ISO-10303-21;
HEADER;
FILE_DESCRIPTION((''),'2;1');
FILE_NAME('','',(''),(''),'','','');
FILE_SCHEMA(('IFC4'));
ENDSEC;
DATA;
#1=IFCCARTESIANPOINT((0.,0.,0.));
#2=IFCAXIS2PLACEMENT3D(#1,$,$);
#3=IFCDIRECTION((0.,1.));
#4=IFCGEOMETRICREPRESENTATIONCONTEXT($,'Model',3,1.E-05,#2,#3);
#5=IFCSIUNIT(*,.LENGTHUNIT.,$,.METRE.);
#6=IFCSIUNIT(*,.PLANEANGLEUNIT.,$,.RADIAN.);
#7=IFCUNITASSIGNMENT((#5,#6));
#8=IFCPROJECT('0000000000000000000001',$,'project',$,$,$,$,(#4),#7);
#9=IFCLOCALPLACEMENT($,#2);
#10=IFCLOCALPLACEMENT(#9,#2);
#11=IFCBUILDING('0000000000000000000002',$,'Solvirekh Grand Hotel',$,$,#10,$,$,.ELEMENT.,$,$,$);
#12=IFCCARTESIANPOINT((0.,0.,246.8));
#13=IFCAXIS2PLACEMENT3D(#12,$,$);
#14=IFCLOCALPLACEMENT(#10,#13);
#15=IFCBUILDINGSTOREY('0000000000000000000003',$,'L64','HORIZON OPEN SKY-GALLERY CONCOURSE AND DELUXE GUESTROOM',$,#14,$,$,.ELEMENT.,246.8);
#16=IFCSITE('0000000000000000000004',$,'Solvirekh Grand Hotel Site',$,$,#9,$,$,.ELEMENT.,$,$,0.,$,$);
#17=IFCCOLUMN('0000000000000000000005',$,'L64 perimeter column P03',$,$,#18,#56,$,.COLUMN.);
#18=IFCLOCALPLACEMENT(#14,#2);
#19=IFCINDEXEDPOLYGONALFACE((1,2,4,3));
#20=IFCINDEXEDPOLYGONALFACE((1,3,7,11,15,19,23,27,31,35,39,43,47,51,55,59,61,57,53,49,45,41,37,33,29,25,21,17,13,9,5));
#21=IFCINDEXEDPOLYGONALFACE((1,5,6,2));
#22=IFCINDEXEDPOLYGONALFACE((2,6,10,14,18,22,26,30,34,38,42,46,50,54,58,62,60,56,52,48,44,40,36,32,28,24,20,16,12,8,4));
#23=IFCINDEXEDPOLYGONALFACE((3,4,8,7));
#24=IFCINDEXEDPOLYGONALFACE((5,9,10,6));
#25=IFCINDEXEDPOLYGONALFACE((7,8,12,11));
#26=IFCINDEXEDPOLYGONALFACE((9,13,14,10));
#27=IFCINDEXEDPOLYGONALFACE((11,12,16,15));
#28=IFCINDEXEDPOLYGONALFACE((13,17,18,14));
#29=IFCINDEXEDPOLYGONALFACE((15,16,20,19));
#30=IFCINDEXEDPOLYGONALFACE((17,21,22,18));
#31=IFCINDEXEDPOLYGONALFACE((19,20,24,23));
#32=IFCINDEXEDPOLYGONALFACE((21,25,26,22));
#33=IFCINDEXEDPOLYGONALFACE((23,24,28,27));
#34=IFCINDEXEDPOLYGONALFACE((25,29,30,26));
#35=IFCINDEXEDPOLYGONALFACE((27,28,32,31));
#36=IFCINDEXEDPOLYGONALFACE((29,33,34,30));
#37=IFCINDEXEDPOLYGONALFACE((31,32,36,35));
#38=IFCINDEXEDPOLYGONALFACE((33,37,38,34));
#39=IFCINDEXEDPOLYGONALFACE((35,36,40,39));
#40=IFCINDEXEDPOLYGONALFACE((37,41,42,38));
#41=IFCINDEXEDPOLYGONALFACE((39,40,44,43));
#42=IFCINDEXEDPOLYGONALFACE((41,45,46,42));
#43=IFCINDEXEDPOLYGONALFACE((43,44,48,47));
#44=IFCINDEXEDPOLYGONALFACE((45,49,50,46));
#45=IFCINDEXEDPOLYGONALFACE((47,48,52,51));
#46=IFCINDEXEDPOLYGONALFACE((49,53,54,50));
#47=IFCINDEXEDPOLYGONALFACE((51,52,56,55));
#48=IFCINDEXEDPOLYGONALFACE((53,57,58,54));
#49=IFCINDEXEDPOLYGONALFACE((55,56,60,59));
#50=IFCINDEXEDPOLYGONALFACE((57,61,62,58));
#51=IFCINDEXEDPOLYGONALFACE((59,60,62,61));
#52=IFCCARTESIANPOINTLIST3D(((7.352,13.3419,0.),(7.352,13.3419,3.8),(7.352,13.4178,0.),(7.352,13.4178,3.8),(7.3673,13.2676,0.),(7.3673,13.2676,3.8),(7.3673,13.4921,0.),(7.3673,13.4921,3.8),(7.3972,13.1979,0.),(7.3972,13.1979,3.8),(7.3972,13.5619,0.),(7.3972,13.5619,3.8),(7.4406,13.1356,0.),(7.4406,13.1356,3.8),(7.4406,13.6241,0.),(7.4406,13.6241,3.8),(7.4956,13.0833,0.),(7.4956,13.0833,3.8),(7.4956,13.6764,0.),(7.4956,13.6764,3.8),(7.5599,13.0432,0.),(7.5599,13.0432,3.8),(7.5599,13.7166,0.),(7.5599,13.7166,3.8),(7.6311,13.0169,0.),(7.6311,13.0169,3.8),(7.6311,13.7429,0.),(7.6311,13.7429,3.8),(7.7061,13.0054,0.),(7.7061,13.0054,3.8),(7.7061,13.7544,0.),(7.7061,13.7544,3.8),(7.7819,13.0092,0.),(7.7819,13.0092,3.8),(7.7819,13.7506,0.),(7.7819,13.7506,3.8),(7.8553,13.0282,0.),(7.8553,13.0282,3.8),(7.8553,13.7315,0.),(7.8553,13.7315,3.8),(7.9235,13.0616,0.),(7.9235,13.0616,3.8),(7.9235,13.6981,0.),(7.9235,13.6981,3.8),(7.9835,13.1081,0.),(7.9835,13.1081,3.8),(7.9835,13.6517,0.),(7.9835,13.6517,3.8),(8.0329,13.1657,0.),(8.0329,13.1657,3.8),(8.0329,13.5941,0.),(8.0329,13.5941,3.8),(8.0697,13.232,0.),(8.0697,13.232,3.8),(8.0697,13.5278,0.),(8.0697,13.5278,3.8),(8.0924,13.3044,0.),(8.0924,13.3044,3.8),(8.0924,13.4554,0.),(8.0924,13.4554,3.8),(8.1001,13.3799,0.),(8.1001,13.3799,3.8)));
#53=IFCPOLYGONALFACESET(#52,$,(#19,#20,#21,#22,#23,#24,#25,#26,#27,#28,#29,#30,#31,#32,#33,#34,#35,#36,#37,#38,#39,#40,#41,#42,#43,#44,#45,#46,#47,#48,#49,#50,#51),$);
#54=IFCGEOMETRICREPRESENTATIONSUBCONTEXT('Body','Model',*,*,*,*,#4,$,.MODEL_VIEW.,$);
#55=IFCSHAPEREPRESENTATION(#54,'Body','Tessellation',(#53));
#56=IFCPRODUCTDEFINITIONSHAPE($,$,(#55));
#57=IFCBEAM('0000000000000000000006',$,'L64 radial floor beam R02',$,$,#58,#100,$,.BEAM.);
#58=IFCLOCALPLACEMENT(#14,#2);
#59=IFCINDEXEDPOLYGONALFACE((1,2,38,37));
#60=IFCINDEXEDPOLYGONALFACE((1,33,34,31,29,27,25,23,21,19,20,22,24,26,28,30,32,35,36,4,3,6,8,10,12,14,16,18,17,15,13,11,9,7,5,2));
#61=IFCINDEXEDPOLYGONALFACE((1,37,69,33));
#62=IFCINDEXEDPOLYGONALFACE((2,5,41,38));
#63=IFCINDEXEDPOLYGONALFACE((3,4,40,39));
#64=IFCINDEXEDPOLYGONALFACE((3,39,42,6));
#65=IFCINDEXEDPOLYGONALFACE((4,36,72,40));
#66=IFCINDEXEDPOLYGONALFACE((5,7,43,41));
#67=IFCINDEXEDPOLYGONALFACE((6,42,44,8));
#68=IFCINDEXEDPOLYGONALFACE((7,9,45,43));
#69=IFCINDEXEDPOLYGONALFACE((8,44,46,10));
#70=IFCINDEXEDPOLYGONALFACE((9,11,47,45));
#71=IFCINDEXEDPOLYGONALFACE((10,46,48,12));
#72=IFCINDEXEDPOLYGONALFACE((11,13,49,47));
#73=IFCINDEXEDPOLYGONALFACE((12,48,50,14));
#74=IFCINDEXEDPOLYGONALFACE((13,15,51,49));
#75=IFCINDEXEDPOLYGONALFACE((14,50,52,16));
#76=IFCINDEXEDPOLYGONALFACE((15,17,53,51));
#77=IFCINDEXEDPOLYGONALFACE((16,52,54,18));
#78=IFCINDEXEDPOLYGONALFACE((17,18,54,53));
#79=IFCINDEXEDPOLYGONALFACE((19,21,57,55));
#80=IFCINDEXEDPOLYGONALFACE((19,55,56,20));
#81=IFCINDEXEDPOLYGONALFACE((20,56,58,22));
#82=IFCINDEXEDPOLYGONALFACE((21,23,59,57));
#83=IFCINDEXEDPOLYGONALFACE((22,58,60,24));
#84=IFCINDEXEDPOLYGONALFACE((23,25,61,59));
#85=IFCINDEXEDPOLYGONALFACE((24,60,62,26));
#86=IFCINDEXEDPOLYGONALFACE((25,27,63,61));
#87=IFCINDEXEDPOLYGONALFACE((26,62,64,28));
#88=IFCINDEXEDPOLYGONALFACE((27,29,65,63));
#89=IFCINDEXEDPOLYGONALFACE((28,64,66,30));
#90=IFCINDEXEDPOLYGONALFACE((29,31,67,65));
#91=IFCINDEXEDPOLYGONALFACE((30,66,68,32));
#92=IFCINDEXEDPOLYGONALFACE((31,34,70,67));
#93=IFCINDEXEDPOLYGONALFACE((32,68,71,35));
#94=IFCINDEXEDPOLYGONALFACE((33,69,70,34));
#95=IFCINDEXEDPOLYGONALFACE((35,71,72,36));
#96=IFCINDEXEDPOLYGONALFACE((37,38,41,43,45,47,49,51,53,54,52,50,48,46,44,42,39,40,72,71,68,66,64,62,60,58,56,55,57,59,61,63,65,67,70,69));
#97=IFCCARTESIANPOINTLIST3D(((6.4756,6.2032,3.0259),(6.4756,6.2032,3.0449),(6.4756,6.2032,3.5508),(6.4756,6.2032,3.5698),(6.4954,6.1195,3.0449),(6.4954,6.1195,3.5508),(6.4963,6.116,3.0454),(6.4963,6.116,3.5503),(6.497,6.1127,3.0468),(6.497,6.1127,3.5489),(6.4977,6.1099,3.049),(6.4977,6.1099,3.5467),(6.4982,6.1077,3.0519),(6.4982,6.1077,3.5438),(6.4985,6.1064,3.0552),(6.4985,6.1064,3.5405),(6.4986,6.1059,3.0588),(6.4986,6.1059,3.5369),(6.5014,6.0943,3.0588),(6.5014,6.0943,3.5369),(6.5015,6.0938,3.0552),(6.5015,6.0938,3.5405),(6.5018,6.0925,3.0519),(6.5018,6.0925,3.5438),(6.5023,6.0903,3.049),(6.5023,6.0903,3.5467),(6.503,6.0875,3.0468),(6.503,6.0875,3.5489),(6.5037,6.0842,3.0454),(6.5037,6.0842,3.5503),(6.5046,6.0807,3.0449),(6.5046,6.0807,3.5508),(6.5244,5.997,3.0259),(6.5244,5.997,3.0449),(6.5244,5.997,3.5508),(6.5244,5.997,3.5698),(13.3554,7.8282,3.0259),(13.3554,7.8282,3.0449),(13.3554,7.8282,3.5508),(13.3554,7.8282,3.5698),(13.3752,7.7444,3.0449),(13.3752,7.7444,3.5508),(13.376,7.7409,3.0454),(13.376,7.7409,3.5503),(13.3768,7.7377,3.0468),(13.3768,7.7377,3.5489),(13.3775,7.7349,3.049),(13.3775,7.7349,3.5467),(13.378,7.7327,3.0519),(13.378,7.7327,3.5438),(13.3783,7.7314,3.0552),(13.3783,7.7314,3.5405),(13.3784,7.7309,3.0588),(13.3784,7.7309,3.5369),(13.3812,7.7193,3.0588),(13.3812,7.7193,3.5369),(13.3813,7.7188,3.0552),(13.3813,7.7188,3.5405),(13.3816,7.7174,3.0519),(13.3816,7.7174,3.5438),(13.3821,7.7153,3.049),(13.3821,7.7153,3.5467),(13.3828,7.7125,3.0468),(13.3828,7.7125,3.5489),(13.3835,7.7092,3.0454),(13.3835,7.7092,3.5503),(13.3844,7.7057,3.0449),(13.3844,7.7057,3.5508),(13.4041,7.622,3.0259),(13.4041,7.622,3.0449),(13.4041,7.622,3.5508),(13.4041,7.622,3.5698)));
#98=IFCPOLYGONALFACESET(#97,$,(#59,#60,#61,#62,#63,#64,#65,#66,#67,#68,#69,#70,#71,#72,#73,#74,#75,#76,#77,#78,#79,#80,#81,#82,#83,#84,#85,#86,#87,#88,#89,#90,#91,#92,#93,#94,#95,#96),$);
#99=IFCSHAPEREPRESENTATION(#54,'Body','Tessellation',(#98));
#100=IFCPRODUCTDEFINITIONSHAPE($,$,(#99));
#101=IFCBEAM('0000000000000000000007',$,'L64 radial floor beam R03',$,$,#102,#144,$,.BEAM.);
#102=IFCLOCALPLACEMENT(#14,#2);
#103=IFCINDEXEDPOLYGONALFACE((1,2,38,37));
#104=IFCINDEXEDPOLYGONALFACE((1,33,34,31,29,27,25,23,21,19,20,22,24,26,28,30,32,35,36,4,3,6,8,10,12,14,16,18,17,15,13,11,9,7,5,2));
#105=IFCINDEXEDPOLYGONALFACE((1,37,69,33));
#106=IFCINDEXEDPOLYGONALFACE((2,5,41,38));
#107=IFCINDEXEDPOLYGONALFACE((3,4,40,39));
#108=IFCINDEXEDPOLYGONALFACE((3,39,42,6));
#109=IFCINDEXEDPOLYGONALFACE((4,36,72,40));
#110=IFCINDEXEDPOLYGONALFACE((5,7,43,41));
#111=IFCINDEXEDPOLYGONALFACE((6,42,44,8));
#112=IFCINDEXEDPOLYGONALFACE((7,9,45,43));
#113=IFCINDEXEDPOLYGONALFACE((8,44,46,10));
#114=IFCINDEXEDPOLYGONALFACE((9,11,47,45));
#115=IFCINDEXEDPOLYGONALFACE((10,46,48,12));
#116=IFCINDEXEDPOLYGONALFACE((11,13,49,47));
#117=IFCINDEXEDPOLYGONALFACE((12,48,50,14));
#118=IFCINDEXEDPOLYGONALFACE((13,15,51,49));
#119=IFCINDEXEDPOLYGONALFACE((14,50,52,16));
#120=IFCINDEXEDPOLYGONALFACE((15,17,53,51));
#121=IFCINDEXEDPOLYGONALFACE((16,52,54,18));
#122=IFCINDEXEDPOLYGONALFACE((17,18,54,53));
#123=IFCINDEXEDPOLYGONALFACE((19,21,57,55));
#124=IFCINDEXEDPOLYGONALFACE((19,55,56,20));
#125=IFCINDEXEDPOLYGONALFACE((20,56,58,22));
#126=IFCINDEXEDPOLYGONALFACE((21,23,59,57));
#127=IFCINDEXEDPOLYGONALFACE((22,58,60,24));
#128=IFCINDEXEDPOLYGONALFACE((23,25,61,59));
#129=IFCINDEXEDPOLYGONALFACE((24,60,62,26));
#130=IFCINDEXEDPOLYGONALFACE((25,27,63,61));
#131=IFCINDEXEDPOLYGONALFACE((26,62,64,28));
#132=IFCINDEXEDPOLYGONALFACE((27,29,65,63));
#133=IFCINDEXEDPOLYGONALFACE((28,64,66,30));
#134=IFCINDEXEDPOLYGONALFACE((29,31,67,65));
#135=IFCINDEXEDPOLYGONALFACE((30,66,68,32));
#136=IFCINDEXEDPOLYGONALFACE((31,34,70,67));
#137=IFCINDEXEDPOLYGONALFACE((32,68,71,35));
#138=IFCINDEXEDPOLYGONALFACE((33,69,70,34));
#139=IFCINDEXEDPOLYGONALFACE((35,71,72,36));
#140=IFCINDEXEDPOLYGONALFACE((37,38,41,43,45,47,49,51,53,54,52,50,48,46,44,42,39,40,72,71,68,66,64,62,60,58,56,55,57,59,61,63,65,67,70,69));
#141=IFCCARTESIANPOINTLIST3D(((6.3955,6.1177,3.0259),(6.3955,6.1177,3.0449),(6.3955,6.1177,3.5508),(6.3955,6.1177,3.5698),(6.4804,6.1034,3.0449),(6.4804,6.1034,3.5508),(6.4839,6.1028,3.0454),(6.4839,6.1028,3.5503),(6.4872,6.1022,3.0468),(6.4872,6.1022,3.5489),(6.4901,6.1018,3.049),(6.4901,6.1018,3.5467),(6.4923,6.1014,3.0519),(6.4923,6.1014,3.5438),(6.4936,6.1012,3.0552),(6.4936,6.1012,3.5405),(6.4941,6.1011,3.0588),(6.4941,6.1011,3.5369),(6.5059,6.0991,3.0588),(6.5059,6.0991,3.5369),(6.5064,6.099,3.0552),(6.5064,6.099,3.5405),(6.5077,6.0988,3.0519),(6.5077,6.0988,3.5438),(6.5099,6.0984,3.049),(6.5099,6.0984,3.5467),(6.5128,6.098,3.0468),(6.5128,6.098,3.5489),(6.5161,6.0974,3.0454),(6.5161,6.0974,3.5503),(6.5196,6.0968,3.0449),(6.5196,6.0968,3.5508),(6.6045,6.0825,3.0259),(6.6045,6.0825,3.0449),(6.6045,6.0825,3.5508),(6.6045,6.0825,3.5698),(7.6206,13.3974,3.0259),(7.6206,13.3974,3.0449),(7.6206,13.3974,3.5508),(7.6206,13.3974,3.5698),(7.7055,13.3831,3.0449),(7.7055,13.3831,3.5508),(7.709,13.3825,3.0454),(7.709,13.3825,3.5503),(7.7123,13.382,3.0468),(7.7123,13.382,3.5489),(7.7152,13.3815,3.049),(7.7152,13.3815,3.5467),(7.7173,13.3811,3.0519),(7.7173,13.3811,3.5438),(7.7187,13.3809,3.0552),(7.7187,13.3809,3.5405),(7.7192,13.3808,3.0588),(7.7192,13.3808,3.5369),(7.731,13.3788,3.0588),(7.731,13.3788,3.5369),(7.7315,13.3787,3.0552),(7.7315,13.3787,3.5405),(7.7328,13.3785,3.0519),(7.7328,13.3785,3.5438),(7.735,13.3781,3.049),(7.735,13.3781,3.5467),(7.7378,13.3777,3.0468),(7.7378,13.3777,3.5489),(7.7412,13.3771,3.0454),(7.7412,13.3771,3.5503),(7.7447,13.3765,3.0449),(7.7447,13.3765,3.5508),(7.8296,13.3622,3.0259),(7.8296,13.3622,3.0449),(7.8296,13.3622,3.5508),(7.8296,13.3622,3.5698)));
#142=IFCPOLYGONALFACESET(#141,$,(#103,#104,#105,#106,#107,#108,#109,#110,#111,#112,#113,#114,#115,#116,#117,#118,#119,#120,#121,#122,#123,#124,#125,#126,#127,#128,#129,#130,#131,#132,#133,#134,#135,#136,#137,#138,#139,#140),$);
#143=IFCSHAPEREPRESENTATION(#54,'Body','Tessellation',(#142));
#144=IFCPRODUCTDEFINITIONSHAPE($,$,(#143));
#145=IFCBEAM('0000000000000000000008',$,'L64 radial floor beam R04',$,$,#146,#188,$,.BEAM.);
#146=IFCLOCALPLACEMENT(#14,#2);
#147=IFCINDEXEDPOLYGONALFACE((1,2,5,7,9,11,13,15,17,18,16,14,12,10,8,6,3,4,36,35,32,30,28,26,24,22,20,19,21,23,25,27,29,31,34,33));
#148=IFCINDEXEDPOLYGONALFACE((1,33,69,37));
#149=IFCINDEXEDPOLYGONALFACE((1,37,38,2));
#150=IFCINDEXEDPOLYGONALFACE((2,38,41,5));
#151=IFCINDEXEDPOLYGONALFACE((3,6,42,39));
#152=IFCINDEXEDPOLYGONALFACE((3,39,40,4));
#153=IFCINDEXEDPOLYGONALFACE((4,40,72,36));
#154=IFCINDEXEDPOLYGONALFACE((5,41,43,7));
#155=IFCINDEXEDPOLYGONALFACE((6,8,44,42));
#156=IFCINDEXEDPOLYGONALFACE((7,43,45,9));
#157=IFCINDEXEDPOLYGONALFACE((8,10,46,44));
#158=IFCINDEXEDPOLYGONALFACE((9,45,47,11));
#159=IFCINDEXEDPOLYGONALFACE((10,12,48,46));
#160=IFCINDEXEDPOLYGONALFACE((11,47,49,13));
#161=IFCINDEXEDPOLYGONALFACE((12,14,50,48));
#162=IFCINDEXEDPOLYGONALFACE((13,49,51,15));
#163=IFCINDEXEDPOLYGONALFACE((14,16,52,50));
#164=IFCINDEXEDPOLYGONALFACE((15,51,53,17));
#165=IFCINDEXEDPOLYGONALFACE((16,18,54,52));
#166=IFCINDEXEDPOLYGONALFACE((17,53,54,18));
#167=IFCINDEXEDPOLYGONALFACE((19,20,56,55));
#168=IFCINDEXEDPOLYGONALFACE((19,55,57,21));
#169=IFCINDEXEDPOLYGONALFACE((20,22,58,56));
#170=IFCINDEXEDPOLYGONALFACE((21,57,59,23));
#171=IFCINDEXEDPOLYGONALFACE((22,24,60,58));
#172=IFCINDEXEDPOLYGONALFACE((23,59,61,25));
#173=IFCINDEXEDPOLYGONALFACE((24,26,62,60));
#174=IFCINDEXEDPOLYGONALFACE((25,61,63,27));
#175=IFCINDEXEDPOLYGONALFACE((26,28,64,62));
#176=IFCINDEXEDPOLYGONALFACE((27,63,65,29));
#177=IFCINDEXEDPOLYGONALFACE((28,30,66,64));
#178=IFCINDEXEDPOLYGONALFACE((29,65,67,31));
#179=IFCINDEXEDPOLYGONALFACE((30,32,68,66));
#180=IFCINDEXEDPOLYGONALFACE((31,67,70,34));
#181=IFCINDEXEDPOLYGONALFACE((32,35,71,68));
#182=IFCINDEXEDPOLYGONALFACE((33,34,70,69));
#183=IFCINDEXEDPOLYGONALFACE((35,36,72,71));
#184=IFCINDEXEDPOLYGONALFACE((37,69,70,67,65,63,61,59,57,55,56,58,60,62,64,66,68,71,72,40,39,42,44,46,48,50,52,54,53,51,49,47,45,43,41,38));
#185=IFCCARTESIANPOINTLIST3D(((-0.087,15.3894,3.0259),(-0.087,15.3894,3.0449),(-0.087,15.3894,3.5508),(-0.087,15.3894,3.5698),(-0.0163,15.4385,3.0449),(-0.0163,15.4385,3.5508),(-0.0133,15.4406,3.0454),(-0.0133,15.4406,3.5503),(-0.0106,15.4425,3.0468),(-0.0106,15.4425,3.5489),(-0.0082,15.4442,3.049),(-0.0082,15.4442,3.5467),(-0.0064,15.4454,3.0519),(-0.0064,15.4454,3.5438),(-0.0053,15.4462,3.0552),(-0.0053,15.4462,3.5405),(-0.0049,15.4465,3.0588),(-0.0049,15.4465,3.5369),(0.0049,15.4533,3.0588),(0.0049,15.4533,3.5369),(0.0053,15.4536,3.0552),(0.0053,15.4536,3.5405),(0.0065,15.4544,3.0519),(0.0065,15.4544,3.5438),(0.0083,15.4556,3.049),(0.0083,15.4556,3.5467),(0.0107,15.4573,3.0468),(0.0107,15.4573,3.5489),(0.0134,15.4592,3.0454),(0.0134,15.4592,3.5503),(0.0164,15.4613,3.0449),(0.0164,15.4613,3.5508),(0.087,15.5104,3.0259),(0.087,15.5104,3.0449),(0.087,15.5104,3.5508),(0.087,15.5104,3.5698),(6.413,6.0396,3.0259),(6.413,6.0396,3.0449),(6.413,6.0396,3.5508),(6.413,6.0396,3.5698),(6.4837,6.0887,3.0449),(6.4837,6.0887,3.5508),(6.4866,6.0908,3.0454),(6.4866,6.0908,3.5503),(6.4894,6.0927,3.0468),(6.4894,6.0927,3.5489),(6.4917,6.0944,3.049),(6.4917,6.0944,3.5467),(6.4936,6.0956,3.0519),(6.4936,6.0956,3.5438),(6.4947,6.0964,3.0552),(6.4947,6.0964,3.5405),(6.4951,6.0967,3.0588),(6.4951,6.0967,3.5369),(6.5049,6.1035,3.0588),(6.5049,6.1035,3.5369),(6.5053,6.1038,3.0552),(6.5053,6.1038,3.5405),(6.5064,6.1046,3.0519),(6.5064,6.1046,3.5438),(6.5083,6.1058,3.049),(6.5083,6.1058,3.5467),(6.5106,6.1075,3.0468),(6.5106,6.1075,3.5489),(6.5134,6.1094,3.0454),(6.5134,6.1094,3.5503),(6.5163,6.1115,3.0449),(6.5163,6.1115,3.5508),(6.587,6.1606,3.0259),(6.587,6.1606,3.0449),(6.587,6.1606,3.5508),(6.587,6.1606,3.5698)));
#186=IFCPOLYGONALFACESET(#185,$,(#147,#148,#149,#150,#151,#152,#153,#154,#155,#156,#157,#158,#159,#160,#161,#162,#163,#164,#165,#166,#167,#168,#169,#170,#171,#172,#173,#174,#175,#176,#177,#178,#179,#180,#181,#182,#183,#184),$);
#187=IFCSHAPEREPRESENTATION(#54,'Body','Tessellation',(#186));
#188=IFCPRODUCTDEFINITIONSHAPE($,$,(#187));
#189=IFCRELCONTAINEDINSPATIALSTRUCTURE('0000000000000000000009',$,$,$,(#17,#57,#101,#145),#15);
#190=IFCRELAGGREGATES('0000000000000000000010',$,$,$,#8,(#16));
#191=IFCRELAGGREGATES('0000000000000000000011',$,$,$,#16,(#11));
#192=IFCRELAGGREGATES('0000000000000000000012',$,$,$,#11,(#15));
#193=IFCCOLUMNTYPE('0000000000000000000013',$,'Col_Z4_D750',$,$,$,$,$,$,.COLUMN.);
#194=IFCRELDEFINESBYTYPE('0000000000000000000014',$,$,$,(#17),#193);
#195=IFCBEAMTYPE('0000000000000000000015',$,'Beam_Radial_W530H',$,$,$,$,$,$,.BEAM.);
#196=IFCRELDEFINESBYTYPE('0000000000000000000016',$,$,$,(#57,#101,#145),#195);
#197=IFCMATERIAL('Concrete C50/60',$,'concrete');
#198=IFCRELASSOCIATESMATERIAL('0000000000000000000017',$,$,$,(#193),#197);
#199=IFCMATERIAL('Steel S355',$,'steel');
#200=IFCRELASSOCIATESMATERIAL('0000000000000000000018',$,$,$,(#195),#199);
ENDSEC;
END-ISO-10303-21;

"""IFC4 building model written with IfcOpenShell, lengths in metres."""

from ifc_helpers import new_model, si_unit, direction, frame, origin, origin_2d, place, context, subcontext, project, spatial, circle, i_section, extrude, material, material_profile, profile_set, type_object, element, save


model = new_model("IFC4")

# Units and contexts
model_context = context("Model", 3, precision=1e-05, world=origin(), true_north=direction((0.0, 1.0)))
body_context = subcontext(model_context, "Body", "Model", "MODEL_VIEW")
ifc_project = project(units=[si_unit("LENGTHUNIT", "METRE"), si_unit("PLANEANGLEUNIT", "RADIAN")], contexts=[model_context])

# Site, building, storey
site_placement = place(None, origin())
site = spatial("IfcSite", under=ifc_project, at=site_placement, Name="Solvirekh Grand Hotel Site", CompositionType="ELEMENT", RefElevation=0.0)
building_placement = place(site_placement, origin())
building = spatial("IfcBuilding", under=site, at=building_placement, Name="Solvirekh Grand Hotel", CompositionType="ELEMENT")
storey_placement = place(building_placement, frame((0.0, 0.0, 246.8)))
storey = spatial("IfcBuildingStorey", under=building, at=storey_placement, Name="L64", Description="HORIZON OPEN SKY-GALLERY CONCOURSE AND DELUXE GUESTROOM", CompositionType="ELEMENT", Elevation=246.8)

# Column
ifc_material_1 = material(Name="Concrete C50/60", Category="concrete")
ifc_material_profile_1 = material_profile(ifc_material_1, circle(Radius=0.375, at=origin_2d()), Name="RC CIRC D750")
ifc_profile_set_1 = profile_set([ifc_material_profile_1], Name="Concrete C50/60")
column_type = type_object("IfcColumnType", Name="Col_Z4_D750", PredefinedType="COLUMN", material=ifc_profile_set_1)
column_placement = place(storey_placement, frame((7.7251, 13.3799, 0.0), z_axis=(0.0, 0.0, 1.0), x_axis=(1.0, 0.0, 0.0)))
element("IfcColumn", 1, at=column_placement, inside=storey, type_object=column_type, Name="L64 perimeter column P03", PredefinedType="COLUMN", context=body_context, shape_type="SweptSolid", body=[
    extrude(circle(Radius=0.375, at=origin_2d()), origin(), (0.0, 0.0, 1.0), 3.8),
])

# Beams
ifc_material_2 = material(Name="Steel S355", Category="steel")
ifc_material_profile_2 = material_profile(ifc_material_2, i_section(OverallWidth=0.2119, OverallDepth=0.5439, WebThickness=0.012, FlangeThickness=0.019, FilletRadius=0.0139, at=origin_2d()), Name="W530X123")
ifc_profile_set_2 = profile_set([ifc_material_profile_2], Name="Steel S355")
beam_type_1 = type_object("IfcBeamType", Name="Beam_Radial_W530H", PredefinedType="BEAM", material=ifc_profile_set_2)
beam_1_placement = place(storey_placement, frame((6.5, 6.1001, 3.2979), z_axis=(0.973221, 0.229871, 0.0), x_axis=(-0.229871, 0.973221, 0.0)))
element("IfcBeam", 2, at=beam_1_placement, inside=storey, type_object=beam_type_1, Name="L64 radial floor beam R02", PredefinedType="BEAM", context=body_context, shape_type="SweptSolid", body=[
    extrude(i_section(OverallWidth=0.2119, OverallDepth=0.5439, WebThickness=0.012, FlangeThickness=0.019, FilletRadius=0.0139, at=origin_2d()), origin(), (0.0, 0.0, 1.0), 7.0691),
])
beam_2_placement = place(storey_placement, frame((6.5, 6.1001, 3.2979), z_axis=(0.165954, 0.986133, 0.0), x_axis=(-0.986133, 0.165954, 0.0)))
element("IfcBeam", 3, at=beam_2_placement, inside=storey, type_object=beam_type_1, Name="L64 radial floor beam R03", PredefinedType="BEAM", context=body_context, shape_type="SweptSolid", body=[
    extrude(i_section(OverallWidth=0.2119, OverallDepth=0.5439, WebThickness=0.012, FlangeThickness=0.019, FilletRadius=0.0139, at=origin_2d()), origin(), (0.0, 0.0, 1.0), 7.3821),
])
beam_3_placement = place(storey_placement, frame((6.5, 6.1001, 3.2979), z_axis=(-0.570813, 0.82108, 0.0), x_axis=(-0.82108, -0.570813, 0.0)))
element("IfcBeam", 4, at=beam_3_placement, inside=storey, type_object=beam_type_1, Name="L64 radial floor beam R04", PredefinedType="BEAM", context=body_context, shape_type="SweptSolid", body=[
    extrude(i_section(OverallWidth=0.2119, OverallDepth=0.5439, WebThickness=0.012, FlangeThickness=0.019, FilletRadius=0.0139, at=origin_2d()), origin(), (0.0, 0.0, 1.0), 11.3872),
])

save(model, "model.ifc")
